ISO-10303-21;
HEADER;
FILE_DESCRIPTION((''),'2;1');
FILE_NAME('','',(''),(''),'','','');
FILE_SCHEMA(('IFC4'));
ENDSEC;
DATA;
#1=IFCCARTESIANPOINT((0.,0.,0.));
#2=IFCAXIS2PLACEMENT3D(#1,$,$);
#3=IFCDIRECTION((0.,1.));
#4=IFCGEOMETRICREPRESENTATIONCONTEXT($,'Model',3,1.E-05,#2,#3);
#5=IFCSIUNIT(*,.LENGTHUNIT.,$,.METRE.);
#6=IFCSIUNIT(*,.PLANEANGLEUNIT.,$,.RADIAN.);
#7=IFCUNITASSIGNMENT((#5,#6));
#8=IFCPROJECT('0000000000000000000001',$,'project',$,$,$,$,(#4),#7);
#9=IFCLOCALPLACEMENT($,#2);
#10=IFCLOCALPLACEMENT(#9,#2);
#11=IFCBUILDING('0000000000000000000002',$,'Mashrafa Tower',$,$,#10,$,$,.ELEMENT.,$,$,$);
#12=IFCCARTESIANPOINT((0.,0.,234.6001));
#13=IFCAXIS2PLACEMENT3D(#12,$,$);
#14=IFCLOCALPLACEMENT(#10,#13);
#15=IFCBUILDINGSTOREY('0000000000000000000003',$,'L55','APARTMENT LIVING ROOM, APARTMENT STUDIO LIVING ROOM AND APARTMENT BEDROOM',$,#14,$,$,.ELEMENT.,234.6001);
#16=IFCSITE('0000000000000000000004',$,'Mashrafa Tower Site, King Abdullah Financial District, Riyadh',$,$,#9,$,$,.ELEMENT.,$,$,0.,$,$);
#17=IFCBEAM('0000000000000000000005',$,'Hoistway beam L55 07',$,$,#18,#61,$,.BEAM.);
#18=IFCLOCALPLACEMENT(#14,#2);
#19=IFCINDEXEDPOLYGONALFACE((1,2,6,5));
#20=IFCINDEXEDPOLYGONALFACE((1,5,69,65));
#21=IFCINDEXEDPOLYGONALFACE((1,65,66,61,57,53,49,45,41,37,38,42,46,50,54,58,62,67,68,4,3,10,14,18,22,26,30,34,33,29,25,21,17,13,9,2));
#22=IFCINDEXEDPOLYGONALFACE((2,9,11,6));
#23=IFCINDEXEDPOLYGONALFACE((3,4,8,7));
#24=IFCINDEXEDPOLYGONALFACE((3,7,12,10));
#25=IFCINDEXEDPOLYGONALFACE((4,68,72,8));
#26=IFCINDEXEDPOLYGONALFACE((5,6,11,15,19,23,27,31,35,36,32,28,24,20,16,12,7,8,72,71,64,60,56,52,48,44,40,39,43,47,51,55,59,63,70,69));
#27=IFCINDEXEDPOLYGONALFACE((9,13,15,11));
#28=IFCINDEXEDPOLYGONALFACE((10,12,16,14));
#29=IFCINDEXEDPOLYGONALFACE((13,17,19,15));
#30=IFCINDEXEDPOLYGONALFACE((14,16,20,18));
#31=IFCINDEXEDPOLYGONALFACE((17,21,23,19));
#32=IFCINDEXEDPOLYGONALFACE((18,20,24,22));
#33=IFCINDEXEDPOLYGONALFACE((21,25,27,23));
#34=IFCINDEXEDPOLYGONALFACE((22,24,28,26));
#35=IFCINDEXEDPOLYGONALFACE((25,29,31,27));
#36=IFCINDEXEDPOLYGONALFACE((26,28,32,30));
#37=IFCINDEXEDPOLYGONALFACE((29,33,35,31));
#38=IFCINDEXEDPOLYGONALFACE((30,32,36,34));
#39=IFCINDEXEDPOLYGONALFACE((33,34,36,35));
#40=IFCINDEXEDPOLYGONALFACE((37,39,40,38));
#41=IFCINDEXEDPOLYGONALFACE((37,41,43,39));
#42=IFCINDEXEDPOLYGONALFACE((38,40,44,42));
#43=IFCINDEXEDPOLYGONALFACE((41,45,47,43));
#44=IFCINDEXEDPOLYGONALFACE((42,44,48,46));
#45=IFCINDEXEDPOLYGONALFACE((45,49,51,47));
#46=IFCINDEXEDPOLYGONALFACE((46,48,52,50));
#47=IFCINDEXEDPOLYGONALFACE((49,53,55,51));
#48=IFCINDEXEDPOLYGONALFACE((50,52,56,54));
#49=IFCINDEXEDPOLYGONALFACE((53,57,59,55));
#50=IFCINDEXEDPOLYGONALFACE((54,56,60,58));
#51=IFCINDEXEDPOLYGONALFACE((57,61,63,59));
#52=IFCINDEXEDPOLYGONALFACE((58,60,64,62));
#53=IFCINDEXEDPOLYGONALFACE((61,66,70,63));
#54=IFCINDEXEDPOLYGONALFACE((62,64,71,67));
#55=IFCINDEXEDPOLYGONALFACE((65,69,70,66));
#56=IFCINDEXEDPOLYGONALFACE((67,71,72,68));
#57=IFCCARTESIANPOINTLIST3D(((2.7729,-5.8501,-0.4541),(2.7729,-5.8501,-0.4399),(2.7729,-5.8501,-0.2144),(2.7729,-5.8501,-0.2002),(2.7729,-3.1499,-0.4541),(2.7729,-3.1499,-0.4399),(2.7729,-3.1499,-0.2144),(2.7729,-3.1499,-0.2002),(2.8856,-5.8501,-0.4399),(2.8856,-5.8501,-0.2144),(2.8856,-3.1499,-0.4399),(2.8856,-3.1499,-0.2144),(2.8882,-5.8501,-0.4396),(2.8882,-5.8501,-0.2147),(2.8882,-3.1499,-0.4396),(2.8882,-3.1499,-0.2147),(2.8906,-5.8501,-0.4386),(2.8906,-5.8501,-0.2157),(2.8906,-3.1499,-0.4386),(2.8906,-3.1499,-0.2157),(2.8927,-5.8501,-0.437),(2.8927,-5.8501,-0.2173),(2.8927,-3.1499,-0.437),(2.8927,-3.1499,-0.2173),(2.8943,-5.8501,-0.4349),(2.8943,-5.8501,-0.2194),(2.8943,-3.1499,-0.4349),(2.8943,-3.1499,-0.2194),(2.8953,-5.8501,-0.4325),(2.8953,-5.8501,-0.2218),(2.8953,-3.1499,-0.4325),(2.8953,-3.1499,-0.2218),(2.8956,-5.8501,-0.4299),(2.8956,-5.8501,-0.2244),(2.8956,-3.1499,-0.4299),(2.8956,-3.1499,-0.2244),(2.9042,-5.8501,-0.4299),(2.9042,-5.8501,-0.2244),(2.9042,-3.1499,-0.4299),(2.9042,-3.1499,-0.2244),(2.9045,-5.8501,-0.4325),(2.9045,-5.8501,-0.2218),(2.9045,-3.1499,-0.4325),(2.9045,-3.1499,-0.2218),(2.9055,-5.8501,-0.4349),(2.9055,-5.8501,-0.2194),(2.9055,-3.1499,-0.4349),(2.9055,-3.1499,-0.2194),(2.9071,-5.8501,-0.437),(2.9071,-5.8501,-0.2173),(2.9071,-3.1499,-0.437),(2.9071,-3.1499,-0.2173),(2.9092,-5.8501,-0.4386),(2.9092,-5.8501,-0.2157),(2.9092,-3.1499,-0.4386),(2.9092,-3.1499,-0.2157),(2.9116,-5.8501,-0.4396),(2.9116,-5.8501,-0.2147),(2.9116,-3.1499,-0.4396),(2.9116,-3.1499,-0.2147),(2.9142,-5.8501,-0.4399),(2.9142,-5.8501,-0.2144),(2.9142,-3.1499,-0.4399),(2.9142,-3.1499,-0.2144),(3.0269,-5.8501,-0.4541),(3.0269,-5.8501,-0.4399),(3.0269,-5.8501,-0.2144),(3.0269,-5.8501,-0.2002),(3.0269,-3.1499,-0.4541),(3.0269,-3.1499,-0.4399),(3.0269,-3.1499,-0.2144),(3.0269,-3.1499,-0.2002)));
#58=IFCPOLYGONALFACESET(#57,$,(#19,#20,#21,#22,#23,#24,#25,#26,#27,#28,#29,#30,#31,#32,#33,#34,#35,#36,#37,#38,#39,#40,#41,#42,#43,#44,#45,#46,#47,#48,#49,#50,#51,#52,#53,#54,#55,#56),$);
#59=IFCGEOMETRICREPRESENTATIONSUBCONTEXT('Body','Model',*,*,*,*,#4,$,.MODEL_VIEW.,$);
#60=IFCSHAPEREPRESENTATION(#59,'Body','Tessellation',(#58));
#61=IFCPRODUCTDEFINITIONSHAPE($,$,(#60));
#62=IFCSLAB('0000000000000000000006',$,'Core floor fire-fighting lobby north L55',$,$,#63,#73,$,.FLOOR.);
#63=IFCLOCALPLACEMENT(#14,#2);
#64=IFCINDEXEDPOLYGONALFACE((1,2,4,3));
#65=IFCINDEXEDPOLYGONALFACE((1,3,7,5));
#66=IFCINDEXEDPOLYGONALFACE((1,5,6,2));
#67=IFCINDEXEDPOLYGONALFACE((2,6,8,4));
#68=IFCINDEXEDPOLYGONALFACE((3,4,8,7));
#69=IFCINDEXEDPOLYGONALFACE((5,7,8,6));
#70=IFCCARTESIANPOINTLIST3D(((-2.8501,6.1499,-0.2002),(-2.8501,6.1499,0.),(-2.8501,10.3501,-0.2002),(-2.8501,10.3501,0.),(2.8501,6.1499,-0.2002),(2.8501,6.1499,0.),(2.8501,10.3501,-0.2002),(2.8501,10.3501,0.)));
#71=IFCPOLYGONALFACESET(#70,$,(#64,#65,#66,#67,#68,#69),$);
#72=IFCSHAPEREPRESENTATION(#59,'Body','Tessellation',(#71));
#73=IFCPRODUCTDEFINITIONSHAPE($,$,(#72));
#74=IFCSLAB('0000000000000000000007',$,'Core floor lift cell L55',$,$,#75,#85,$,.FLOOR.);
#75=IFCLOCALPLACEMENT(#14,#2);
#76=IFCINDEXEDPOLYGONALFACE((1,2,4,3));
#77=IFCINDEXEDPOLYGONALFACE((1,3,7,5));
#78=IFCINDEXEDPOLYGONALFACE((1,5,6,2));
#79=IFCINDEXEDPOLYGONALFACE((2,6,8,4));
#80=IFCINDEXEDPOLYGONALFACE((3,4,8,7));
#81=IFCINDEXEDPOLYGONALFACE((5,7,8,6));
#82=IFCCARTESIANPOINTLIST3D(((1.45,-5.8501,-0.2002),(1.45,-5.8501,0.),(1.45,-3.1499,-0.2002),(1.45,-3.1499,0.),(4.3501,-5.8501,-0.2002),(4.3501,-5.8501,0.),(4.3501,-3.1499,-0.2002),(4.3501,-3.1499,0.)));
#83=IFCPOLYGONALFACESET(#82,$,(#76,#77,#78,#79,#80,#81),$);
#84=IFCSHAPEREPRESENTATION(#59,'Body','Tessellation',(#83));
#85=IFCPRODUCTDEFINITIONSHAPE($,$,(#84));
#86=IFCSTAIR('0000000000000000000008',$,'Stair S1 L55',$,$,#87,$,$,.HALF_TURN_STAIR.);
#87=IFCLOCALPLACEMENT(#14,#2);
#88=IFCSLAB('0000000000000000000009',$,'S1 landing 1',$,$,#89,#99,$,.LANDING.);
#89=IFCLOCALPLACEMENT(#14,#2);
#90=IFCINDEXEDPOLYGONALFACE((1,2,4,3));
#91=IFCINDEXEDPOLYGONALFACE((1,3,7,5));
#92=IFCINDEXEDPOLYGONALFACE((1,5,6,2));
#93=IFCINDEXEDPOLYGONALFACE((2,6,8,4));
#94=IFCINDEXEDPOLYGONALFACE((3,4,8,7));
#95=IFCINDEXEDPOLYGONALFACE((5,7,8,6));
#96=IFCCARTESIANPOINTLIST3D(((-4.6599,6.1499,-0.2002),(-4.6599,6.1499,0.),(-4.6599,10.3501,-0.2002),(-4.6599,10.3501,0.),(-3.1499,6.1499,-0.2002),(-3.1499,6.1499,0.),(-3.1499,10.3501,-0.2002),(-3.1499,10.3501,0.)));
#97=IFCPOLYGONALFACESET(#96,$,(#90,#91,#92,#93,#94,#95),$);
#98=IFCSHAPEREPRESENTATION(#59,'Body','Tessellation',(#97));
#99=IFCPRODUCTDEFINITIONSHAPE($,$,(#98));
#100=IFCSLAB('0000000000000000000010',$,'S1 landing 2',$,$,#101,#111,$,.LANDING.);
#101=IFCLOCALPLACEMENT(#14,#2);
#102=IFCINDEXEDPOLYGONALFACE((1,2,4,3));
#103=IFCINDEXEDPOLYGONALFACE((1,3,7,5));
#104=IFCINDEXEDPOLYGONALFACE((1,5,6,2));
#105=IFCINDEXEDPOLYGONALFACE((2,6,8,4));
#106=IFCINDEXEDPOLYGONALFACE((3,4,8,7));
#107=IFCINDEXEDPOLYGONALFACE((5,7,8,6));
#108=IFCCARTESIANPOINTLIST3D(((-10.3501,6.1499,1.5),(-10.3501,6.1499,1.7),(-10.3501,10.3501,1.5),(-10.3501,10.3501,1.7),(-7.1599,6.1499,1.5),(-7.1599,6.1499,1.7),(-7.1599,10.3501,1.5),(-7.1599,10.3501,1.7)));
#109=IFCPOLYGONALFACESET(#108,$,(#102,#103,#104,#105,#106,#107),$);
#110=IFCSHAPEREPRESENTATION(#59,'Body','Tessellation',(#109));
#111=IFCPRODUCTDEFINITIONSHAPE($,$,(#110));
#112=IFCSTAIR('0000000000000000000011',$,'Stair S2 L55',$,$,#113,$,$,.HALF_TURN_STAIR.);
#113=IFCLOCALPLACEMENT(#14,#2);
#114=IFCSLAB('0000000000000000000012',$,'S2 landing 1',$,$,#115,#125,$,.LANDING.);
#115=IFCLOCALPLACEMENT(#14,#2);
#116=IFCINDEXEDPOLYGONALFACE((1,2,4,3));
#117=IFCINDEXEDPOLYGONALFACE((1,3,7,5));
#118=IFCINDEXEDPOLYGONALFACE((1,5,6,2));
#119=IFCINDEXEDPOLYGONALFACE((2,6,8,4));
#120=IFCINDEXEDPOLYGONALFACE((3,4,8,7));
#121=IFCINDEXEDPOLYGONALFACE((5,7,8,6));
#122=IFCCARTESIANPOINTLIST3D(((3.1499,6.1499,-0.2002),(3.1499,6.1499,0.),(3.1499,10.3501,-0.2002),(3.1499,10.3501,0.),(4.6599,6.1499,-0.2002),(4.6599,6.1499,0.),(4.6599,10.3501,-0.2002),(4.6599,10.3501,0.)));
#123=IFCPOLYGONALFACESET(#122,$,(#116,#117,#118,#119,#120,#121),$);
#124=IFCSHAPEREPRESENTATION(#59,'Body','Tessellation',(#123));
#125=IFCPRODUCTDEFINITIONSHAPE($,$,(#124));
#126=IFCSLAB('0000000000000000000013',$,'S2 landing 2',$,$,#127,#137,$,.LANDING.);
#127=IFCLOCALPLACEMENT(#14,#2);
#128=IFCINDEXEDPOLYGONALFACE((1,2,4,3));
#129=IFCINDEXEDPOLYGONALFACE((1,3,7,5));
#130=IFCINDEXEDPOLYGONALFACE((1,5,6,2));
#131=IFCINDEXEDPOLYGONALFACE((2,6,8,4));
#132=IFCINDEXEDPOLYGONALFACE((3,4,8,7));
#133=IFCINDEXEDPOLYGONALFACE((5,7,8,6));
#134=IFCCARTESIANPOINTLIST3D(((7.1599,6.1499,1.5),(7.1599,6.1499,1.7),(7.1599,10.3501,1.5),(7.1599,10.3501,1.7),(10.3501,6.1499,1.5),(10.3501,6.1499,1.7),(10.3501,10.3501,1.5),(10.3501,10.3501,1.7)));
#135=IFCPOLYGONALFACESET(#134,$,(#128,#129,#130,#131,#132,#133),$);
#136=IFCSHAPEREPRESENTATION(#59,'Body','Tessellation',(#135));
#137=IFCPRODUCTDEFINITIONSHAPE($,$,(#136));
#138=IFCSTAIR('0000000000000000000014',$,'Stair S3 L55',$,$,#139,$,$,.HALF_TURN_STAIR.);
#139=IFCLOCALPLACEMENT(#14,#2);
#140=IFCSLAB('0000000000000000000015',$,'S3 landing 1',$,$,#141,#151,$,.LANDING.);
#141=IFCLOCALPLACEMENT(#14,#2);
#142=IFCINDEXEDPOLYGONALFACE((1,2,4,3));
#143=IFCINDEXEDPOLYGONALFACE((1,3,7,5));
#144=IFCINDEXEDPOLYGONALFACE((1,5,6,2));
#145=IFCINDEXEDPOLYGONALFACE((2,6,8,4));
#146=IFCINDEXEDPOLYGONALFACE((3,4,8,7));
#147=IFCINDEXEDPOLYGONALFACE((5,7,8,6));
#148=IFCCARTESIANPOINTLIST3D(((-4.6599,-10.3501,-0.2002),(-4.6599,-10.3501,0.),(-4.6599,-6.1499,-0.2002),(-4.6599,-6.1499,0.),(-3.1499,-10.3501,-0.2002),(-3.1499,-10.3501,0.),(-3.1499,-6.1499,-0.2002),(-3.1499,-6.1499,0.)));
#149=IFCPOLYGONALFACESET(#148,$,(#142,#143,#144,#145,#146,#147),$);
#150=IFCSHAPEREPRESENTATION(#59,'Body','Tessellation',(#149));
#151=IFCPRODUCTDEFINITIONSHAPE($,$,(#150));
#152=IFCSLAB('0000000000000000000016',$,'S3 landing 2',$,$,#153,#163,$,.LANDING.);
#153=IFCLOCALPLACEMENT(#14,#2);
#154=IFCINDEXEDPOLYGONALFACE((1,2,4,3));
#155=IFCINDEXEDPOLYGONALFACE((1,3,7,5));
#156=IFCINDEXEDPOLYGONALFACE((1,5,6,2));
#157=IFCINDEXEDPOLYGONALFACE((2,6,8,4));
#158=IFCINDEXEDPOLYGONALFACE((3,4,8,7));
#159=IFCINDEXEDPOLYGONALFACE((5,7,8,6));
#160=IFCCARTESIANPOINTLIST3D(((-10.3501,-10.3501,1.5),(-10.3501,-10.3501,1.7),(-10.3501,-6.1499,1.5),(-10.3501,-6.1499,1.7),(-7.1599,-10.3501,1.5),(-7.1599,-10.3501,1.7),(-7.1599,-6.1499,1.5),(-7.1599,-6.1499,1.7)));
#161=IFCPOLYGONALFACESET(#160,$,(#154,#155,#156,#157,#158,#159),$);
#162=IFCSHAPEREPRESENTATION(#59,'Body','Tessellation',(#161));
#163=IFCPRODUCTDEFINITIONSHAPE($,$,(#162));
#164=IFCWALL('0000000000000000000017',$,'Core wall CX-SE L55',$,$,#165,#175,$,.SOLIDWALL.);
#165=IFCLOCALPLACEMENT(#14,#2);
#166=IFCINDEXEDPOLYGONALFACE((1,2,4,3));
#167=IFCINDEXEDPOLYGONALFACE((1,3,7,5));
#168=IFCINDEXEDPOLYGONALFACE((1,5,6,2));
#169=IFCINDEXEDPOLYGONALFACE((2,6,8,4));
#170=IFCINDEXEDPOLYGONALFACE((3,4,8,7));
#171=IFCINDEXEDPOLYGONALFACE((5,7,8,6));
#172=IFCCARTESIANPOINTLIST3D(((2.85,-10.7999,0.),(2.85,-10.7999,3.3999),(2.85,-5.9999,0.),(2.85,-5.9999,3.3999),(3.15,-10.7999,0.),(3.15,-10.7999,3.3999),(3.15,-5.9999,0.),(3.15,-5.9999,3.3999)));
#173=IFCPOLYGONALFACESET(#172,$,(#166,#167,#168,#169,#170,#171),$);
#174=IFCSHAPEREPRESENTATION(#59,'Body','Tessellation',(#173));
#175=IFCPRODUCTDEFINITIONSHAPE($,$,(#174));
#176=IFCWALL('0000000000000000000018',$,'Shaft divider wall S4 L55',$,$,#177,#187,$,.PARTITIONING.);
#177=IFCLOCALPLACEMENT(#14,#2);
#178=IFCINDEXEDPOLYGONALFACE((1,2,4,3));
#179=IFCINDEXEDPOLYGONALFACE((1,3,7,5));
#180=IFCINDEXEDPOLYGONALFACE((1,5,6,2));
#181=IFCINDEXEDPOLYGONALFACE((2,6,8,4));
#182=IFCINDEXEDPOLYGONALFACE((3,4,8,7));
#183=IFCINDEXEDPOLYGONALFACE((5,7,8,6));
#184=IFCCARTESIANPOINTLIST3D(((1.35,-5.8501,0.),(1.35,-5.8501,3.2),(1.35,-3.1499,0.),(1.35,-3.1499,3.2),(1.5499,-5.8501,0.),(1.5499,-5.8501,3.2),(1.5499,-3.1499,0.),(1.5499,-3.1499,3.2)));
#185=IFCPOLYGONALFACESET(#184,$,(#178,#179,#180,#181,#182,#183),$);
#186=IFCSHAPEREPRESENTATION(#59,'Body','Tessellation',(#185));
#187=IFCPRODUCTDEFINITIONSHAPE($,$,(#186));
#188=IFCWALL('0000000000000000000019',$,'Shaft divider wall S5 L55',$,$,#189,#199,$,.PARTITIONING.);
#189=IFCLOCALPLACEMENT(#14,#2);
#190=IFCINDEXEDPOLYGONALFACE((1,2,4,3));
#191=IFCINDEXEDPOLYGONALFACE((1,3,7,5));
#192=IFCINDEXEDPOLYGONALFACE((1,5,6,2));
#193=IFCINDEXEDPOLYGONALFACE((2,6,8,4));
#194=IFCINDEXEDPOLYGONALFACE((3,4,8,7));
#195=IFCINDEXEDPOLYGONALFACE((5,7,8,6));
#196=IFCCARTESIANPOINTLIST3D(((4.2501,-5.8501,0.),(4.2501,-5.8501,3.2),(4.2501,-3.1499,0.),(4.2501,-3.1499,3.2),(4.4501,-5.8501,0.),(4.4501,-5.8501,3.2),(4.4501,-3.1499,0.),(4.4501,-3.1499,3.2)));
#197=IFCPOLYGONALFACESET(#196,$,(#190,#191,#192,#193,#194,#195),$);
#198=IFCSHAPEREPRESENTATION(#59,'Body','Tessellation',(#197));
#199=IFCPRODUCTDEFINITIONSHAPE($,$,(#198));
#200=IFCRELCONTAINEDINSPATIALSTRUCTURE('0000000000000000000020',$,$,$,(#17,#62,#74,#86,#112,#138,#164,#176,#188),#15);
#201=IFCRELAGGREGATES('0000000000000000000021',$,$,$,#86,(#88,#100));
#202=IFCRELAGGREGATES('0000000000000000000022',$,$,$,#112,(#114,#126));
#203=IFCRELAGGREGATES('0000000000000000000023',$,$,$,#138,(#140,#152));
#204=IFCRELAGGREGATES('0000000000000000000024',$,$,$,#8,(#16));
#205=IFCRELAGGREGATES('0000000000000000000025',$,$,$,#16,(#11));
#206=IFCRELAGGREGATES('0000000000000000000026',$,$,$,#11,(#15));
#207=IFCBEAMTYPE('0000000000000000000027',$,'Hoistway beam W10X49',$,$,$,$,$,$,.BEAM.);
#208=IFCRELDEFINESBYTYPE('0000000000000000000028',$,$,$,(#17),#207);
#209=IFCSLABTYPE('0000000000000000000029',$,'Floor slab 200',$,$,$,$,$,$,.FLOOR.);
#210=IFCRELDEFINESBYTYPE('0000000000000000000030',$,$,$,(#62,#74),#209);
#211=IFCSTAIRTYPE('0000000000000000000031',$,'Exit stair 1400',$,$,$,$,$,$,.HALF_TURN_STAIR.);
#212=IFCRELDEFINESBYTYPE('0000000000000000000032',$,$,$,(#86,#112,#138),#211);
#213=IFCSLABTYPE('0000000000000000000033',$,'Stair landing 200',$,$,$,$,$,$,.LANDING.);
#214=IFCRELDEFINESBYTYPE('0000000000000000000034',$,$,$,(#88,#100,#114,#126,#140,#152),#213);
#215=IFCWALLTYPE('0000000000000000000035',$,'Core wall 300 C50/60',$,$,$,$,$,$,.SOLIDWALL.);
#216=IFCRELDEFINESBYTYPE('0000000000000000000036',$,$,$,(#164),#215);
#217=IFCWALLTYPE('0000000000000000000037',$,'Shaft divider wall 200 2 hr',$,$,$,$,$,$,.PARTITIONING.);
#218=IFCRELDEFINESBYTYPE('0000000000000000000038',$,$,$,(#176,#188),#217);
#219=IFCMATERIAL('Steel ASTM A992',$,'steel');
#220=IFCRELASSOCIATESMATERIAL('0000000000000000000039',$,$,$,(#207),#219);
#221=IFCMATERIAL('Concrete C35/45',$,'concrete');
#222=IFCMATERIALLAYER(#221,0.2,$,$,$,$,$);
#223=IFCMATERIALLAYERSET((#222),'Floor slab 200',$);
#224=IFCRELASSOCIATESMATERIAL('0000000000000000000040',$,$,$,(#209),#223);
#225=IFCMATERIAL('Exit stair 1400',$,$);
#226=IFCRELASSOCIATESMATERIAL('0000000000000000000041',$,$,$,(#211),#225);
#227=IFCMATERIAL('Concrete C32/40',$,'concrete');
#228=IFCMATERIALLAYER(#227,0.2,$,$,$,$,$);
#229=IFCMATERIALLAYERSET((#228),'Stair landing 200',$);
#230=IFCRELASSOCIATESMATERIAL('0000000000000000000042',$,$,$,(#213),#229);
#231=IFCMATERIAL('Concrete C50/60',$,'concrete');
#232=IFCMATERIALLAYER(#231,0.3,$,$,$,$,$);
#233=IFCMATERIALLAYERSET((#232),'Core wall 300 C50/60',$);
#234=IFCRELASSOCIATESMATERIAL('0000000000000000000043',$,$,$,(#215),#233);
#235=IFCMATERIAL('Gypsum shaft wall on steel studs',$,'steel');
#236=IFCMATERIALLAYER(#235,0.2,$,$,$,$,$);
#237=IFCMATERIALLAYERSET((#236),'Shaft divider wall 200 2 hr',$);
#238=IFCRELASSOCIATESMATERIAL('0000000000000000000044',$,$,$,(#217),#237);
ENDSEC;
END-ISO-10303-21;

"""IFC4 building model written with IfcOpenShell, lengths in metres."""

from ifc_helpers import new_model, si_unit, direction, frame, frame_2d, origin, origin_2d, place, context, subcontext, project, spatial, polyline, rectangle, i_section, outline, extrude, material, layer, layer_set, material_profile, profile_set, type_object, element, aggregate, save


model = new_model("IFC4")

# Units and contexts
model_context = context("Model", 3, precision=1e-05, world=origin(), true_north=direction((0.0, 1.0)))
body_context = subcontext(model_context, "Body", "Model", "MODEL_VIEW")
ifc_project = project(units=[si_unit("LENGTHUNIT", "METRE"), si_unit("PLANEANGLEUNIT", "RADIAN")], contexts=[model_context])

# Site, building, storey
site_placement = place(None, origin())
site = spatial("IfcSite", under=ifc_project, at=site_placement, Name="Mashrafa Tower Site, King Abdullah Financial District, Riyadh", CompositionType="ELEMENT", RefElevation=0.0)
building_placement = place(site_placement, origin())
building = spatial("IfcBuilding", under=site, at=building_placement, Name="Mashrafa Tower", CompositionType="ELEMENT")
storey_placement = place(building_placement, frame((0.0, 0.0, 234.6001)))
storey = spatial("IfcBuildingStorey", under=building, at=storey_placement, Name="L55", Description="APARTMENT LIVING ROOM, APARTMENT STUDIO LIVING ROOM AND APARTMENT BEDROOM", CompositionType="ELEMENT", Elevation=234.6001)

# Beam
ifc_material_1 = material(Name="Steel ASTM A992", Category="steel")
ifc_material_profile = material_profile(ifc_material_1, i_section(OverallWidth=0.2539, OverallDepth=0.2539, WebThickness=0.0085, FlangeThickness=0.0142, FilletRadius=0.01, at=origin_2d()), Name="W10X49")
ifc_profile_set = profile_set([ifc_material_profile], Name="Steel ASTM A992")
beam_type = type_object("IfcBeamType", Name="Hoistway beam W10X49", PredefinedType="BEAM", material=ifc_profile_set)
beam_placement = place(storey_placement, frame((2.8999, -5.8501, -0.3271), z_axis=(0.0, 1.0, 0.0), x_axis=(-1.0, 0.0, 0.0)))
element("IfcBeam", 1, at=beam_placement, inside=storey, type_object=beam_type, Name="Hoistway beam L55 07", PredefinedType="BEAM", context=body_context, shape_type="SweptSolid", body=[
    extrude(i_section(OverallWidth=0.2539, OverallDepth=0.2539, WebThickness=0.0085, FlangeThickness=0.0142, FilletRadius=0.01, at=origin_2d()), origin(), (0.0, 0.0, 1.0), 2.7002),
])

# Slabs
ifc_material_2 = material(Name="Concrete C35/45", Category="concrete")
ifc_layer_1 = layer(ifc_material_2, 0.2)
ifc_layer_set_1 = layer_set([ifc_layer_1], Name="Floor slab 200")
slab_type_1 = type_object("IfcSlabType", Name="Floor slab 200", PredefinedType="FLOOR", material=ifc_layer_set_1)
slab_1_placement = place(storey_placement, frame((0.0, 0.0, -0.2002)))
element("IfcSlab", 2, at=slab_1_placement, inside=storey, type_object=slab_type_1, Name="Core floor fire-fighting lobby north L55", PredefinedType="FLOOR", context=body_context, shape_type="SweptSolid", body=[
    extrude(outline(polyline([(-2.8501, 10.3501), (2.8501, 10.3501), (2.8501, 6.1499), (-2.8501, 6.1499), (-2.8501, 10.3501)])), origin(), (0.0, 0.0, 1.0), 0.2002),
])
slab_2_placement = place(storey_placement, frame((0.0, 0.0, -0.2002)))
element("IfcSlab", 3, at=slab_2_placement, inside=storey, type_object=slab_type_1, Name="Core floor lift cell L55", PredefinedType="FLOOR", context=body_context, shape_type="SweptSolid", body=[
    extrude(outline(polyline([(4.3501, -3.1499), (4.3501, -5.8501), (1.45, -5.8501), (1.45, -3.1499), (4.3501, -3.1499)])), origin(), (0.0, 0.0, 1.0), 0.2002),
])

# Stairs, slabs
ifc_material_3 = material(Name="Exit stair 1400")
stair_type = type_object("IfcStairType", Name="Exit stair 1400", PredefinedType="HALF_TURN_STAIR", material=ifc_material_3)
stair_1_placement = place(storey_placement, origin())
stair_1 = element("IfcStair", 4, at=stair_1_placement, inside=storey, type_object=stair_type, Name="Stair S1 L55", PredefinedType="HALF_TURN_STAIR")
ifc_material_4 = material(Name="Concrete C32/40", Category="concrete")
ifc_layer_2 = layer(ifc_material_4, 0.2)
ifc_layer_set_2 = layer_set([ifc_layer_2], Name="Stair landing 200")
slab_type_2 = type_object("IfcSlabType", Name="Stair landing 200", PredefinedType="LANDING", material=ifc_layer_set_2)
slab_3_placement = place(storey_placement, frame((0.0, 0.0, -0.2002)))
slab_3 = element("IfcSlab", 5, at=slab_3_placement, type_object=slab_type_2, Name="S1 landing 1", PredefinedType="LANDING", context=body_context, shape_type="SweptSolid", body=[
    extrude(outline(polyline([(-4.6599, 6.1499), (-3.1499, 6.1499), (-3.1499, 10.3501), (-4.6599, 10.3501), (-4.6599, 6.1499)])), origin(), (0.0, 0.0, 1.0), 0.2002),
])
slab_4_placement = place(storey_placement, frame((0.0, 0.0, 1.5)))
slab_4 = element("IfcSlab", 6, at=slab_4_placement, type_object=slab_type_2, Name="S1 landing 2", PredefinedType="LANDING", context=body_context, shape_type="SweptSolid", body=[
    extrude(outline(polyline([(-10.3501, 6.1499), (-7.1599, 6.1499), (-7.1599, 10.3501), (-10.3501, 10.3501), (-10.3501, 6.1499)])), origin(), (0.0, 0.0, 1.0), 0.2),
])
aggregate(stair_1, [slab_3, slab_4])
stair_2_placement = place(storey_placement, origin())
stair_2 = element("IfcStair", 7, at=stair_2_placement, inside=storey, type_object=stair_type, Name="Stair S2 L55", PredefinedType="HALF_TURN_STAIR")
slab_5_placement = place(storey_placement, frame((0.0, 0.0, -0.2002)))
slab_5 = element("IfcSlab", 8, at=slab_5_placement, type_object=slab_type_2, Name="S2 landing 1", PredefinedType="LANDING", context=body_context, shape_type="SweptSolid", body=[
    extrude(outline(polyline([(3.1499, 6.1499), (4.6599, 6.1499), (4.6599, 10.3501), (3.1499, 10.3501), (3.1499, 6.1499)])), origin(), (0.0, 0.0, 1.0), 0.2002),
])
slab_6_placement = place(storey_placement, frame((0.0, 0.0, 1.5)))
slab_6 = element("IfcSlab", 9, at=slab_6_placement, type_object=slab_type_2, Name="S2 landing 2", PredefinedType="LANDING", context=body_context, shape_type="SweptSolid", body=[
    extrude(outline(polyline([(7.1599, 6.1499), (10.3501, 6.1499), (10.3501, 10.3501), (7.1599, 10.3501), (7.1599, 6.1499)])), origin(), (0.0, 0.0, 1.0), 0.2),
])
aggregate(stair_2, [slab_5, slab_6])
stair_3_placement = place(storey_placement, origin())
stair_3 = element("IfcStair", 10, at=stair_3_placement, inside=storey, type_object=stair_type, Name="Stair S3 L55", PredefinedType="HALF_TURN_STAIR")
slab_7_placement = place(storey_placement, frame((0.0, 0.0, -0.2002)))
slab_7 = element("IfcSlab", 11, at=slab_7_placement, type_object=slab_type_2, Name="S3 landing 1", PredefinedType="LANDING", context=body_context, shape_type="SweptSolid", body=[
    extrude(outline(polyline([(-4.6599, -10.3501), (-3.1499, -10.3501), (-3.1499, -6.1499), (-4.6599, -6.1499), (-4.6599, -10.3501)])), origin(), (0.0, 0.0, 1.0), 0.2002),
])
slab_8_placement = place(storey_placement, frame((0.0, 0.0, 1.5)))
slab_8 = element("IfcSlab", 12, at=slab_8_placement, type_object=slab_type_2, Name="S3 landing 2", PredefinedType="LANDING", context=body_context, shape_type="SweptSolid", body=[
    extrude(outline(polyline([(-10.3501, -10.3501), (-7.1599, -10.3501), (-7.1599, -6.1499), (-10.3501, -6.1499), (-10.3501, -10.3501)])), origin(), (0.0, 0.0, 1.0), 0.2),
])
aggregate(stair_3, [slab_7, slab_8])

# Walls
ifc_material_5 = material(Name="Concrete C50/60", Category="concrete")
ifc_layer_3 = layer(ifc_material_5, 0.3)
ifc_layer_set_3 = layer_set([ifc_layer_3], Name="Core wall 300 C50/60")
wall_type_1 = type_object("IfcWallType", Name="Core wall 300 C50/60", PredefinedType="SOLIDWALL", material=ifc_layer_set_3)
wall_1_placement = place(storey_placement, frame((3.0, -6.0, 0.0), z_axis=(0.0, 0.0, 1.0), x_axis=(0.0, -1.0, 0.0)))
element("IfcWall", 13, at=wall_1_placement, inside=storey, type_object=wall_type_1, Name="Core wall CX-SE L55", PredefinedType="SOLIDWALL", context=body_context, shape_type="SweptSolid", body=[
    extrude(rectangle(XDim=4.8, YDim=0.3, at=frame_2d((2.3999, 0.0))), origin(), (0.0, 0.0, 1.0), 3.3999),
])
ifc_material_6 = material(Name="Gypsum shaft wall on steel studs", Category="steel")
ifc_layer_4 = layer(ifc_material_6, 0.2)
ifc_layer_set_4 = layer_set([ifc_layer_4], Name="Shaft divider wall 200 2 hr")
wall_type_2 = type_object("IfcWallType", Name="Shaft divider wall 200 2 hr", PredefinedType="PARTITIONING", material=ifc_layer_set_4)
for number, where, z_axis, x_axis, name in (
    (14, (1.45, -5.8501, 0.0), (0.0, 0.0, 1.0), (0.0, 1.0, 0.0), "Shaft divider wall S4 L55"),
    (15, (4.3501, -5.8501, 0.0), (0.0, 0.0, 1.0), (0.0, 1.0, 0.0), "Shaft divider wall S5 L55"),
):
    element("IfcWall", number, at=place(storey_placement, frame(where, z_axis=z_axis, x_axis=x_axis)), inside=storey, type_object=wall_type_2, Name=name, PredefinedType="PARTITIONING", context=body_context, shape_type="SweptSolid", body=[
        extrude(rectangle(XDim=2.7002, YDim=0.2, at=frame_2d((1.3501, 0.0))), origin(), (0.0, 0.0, 1.0), 3.2),
    ])

save(model, "model.ifc")
